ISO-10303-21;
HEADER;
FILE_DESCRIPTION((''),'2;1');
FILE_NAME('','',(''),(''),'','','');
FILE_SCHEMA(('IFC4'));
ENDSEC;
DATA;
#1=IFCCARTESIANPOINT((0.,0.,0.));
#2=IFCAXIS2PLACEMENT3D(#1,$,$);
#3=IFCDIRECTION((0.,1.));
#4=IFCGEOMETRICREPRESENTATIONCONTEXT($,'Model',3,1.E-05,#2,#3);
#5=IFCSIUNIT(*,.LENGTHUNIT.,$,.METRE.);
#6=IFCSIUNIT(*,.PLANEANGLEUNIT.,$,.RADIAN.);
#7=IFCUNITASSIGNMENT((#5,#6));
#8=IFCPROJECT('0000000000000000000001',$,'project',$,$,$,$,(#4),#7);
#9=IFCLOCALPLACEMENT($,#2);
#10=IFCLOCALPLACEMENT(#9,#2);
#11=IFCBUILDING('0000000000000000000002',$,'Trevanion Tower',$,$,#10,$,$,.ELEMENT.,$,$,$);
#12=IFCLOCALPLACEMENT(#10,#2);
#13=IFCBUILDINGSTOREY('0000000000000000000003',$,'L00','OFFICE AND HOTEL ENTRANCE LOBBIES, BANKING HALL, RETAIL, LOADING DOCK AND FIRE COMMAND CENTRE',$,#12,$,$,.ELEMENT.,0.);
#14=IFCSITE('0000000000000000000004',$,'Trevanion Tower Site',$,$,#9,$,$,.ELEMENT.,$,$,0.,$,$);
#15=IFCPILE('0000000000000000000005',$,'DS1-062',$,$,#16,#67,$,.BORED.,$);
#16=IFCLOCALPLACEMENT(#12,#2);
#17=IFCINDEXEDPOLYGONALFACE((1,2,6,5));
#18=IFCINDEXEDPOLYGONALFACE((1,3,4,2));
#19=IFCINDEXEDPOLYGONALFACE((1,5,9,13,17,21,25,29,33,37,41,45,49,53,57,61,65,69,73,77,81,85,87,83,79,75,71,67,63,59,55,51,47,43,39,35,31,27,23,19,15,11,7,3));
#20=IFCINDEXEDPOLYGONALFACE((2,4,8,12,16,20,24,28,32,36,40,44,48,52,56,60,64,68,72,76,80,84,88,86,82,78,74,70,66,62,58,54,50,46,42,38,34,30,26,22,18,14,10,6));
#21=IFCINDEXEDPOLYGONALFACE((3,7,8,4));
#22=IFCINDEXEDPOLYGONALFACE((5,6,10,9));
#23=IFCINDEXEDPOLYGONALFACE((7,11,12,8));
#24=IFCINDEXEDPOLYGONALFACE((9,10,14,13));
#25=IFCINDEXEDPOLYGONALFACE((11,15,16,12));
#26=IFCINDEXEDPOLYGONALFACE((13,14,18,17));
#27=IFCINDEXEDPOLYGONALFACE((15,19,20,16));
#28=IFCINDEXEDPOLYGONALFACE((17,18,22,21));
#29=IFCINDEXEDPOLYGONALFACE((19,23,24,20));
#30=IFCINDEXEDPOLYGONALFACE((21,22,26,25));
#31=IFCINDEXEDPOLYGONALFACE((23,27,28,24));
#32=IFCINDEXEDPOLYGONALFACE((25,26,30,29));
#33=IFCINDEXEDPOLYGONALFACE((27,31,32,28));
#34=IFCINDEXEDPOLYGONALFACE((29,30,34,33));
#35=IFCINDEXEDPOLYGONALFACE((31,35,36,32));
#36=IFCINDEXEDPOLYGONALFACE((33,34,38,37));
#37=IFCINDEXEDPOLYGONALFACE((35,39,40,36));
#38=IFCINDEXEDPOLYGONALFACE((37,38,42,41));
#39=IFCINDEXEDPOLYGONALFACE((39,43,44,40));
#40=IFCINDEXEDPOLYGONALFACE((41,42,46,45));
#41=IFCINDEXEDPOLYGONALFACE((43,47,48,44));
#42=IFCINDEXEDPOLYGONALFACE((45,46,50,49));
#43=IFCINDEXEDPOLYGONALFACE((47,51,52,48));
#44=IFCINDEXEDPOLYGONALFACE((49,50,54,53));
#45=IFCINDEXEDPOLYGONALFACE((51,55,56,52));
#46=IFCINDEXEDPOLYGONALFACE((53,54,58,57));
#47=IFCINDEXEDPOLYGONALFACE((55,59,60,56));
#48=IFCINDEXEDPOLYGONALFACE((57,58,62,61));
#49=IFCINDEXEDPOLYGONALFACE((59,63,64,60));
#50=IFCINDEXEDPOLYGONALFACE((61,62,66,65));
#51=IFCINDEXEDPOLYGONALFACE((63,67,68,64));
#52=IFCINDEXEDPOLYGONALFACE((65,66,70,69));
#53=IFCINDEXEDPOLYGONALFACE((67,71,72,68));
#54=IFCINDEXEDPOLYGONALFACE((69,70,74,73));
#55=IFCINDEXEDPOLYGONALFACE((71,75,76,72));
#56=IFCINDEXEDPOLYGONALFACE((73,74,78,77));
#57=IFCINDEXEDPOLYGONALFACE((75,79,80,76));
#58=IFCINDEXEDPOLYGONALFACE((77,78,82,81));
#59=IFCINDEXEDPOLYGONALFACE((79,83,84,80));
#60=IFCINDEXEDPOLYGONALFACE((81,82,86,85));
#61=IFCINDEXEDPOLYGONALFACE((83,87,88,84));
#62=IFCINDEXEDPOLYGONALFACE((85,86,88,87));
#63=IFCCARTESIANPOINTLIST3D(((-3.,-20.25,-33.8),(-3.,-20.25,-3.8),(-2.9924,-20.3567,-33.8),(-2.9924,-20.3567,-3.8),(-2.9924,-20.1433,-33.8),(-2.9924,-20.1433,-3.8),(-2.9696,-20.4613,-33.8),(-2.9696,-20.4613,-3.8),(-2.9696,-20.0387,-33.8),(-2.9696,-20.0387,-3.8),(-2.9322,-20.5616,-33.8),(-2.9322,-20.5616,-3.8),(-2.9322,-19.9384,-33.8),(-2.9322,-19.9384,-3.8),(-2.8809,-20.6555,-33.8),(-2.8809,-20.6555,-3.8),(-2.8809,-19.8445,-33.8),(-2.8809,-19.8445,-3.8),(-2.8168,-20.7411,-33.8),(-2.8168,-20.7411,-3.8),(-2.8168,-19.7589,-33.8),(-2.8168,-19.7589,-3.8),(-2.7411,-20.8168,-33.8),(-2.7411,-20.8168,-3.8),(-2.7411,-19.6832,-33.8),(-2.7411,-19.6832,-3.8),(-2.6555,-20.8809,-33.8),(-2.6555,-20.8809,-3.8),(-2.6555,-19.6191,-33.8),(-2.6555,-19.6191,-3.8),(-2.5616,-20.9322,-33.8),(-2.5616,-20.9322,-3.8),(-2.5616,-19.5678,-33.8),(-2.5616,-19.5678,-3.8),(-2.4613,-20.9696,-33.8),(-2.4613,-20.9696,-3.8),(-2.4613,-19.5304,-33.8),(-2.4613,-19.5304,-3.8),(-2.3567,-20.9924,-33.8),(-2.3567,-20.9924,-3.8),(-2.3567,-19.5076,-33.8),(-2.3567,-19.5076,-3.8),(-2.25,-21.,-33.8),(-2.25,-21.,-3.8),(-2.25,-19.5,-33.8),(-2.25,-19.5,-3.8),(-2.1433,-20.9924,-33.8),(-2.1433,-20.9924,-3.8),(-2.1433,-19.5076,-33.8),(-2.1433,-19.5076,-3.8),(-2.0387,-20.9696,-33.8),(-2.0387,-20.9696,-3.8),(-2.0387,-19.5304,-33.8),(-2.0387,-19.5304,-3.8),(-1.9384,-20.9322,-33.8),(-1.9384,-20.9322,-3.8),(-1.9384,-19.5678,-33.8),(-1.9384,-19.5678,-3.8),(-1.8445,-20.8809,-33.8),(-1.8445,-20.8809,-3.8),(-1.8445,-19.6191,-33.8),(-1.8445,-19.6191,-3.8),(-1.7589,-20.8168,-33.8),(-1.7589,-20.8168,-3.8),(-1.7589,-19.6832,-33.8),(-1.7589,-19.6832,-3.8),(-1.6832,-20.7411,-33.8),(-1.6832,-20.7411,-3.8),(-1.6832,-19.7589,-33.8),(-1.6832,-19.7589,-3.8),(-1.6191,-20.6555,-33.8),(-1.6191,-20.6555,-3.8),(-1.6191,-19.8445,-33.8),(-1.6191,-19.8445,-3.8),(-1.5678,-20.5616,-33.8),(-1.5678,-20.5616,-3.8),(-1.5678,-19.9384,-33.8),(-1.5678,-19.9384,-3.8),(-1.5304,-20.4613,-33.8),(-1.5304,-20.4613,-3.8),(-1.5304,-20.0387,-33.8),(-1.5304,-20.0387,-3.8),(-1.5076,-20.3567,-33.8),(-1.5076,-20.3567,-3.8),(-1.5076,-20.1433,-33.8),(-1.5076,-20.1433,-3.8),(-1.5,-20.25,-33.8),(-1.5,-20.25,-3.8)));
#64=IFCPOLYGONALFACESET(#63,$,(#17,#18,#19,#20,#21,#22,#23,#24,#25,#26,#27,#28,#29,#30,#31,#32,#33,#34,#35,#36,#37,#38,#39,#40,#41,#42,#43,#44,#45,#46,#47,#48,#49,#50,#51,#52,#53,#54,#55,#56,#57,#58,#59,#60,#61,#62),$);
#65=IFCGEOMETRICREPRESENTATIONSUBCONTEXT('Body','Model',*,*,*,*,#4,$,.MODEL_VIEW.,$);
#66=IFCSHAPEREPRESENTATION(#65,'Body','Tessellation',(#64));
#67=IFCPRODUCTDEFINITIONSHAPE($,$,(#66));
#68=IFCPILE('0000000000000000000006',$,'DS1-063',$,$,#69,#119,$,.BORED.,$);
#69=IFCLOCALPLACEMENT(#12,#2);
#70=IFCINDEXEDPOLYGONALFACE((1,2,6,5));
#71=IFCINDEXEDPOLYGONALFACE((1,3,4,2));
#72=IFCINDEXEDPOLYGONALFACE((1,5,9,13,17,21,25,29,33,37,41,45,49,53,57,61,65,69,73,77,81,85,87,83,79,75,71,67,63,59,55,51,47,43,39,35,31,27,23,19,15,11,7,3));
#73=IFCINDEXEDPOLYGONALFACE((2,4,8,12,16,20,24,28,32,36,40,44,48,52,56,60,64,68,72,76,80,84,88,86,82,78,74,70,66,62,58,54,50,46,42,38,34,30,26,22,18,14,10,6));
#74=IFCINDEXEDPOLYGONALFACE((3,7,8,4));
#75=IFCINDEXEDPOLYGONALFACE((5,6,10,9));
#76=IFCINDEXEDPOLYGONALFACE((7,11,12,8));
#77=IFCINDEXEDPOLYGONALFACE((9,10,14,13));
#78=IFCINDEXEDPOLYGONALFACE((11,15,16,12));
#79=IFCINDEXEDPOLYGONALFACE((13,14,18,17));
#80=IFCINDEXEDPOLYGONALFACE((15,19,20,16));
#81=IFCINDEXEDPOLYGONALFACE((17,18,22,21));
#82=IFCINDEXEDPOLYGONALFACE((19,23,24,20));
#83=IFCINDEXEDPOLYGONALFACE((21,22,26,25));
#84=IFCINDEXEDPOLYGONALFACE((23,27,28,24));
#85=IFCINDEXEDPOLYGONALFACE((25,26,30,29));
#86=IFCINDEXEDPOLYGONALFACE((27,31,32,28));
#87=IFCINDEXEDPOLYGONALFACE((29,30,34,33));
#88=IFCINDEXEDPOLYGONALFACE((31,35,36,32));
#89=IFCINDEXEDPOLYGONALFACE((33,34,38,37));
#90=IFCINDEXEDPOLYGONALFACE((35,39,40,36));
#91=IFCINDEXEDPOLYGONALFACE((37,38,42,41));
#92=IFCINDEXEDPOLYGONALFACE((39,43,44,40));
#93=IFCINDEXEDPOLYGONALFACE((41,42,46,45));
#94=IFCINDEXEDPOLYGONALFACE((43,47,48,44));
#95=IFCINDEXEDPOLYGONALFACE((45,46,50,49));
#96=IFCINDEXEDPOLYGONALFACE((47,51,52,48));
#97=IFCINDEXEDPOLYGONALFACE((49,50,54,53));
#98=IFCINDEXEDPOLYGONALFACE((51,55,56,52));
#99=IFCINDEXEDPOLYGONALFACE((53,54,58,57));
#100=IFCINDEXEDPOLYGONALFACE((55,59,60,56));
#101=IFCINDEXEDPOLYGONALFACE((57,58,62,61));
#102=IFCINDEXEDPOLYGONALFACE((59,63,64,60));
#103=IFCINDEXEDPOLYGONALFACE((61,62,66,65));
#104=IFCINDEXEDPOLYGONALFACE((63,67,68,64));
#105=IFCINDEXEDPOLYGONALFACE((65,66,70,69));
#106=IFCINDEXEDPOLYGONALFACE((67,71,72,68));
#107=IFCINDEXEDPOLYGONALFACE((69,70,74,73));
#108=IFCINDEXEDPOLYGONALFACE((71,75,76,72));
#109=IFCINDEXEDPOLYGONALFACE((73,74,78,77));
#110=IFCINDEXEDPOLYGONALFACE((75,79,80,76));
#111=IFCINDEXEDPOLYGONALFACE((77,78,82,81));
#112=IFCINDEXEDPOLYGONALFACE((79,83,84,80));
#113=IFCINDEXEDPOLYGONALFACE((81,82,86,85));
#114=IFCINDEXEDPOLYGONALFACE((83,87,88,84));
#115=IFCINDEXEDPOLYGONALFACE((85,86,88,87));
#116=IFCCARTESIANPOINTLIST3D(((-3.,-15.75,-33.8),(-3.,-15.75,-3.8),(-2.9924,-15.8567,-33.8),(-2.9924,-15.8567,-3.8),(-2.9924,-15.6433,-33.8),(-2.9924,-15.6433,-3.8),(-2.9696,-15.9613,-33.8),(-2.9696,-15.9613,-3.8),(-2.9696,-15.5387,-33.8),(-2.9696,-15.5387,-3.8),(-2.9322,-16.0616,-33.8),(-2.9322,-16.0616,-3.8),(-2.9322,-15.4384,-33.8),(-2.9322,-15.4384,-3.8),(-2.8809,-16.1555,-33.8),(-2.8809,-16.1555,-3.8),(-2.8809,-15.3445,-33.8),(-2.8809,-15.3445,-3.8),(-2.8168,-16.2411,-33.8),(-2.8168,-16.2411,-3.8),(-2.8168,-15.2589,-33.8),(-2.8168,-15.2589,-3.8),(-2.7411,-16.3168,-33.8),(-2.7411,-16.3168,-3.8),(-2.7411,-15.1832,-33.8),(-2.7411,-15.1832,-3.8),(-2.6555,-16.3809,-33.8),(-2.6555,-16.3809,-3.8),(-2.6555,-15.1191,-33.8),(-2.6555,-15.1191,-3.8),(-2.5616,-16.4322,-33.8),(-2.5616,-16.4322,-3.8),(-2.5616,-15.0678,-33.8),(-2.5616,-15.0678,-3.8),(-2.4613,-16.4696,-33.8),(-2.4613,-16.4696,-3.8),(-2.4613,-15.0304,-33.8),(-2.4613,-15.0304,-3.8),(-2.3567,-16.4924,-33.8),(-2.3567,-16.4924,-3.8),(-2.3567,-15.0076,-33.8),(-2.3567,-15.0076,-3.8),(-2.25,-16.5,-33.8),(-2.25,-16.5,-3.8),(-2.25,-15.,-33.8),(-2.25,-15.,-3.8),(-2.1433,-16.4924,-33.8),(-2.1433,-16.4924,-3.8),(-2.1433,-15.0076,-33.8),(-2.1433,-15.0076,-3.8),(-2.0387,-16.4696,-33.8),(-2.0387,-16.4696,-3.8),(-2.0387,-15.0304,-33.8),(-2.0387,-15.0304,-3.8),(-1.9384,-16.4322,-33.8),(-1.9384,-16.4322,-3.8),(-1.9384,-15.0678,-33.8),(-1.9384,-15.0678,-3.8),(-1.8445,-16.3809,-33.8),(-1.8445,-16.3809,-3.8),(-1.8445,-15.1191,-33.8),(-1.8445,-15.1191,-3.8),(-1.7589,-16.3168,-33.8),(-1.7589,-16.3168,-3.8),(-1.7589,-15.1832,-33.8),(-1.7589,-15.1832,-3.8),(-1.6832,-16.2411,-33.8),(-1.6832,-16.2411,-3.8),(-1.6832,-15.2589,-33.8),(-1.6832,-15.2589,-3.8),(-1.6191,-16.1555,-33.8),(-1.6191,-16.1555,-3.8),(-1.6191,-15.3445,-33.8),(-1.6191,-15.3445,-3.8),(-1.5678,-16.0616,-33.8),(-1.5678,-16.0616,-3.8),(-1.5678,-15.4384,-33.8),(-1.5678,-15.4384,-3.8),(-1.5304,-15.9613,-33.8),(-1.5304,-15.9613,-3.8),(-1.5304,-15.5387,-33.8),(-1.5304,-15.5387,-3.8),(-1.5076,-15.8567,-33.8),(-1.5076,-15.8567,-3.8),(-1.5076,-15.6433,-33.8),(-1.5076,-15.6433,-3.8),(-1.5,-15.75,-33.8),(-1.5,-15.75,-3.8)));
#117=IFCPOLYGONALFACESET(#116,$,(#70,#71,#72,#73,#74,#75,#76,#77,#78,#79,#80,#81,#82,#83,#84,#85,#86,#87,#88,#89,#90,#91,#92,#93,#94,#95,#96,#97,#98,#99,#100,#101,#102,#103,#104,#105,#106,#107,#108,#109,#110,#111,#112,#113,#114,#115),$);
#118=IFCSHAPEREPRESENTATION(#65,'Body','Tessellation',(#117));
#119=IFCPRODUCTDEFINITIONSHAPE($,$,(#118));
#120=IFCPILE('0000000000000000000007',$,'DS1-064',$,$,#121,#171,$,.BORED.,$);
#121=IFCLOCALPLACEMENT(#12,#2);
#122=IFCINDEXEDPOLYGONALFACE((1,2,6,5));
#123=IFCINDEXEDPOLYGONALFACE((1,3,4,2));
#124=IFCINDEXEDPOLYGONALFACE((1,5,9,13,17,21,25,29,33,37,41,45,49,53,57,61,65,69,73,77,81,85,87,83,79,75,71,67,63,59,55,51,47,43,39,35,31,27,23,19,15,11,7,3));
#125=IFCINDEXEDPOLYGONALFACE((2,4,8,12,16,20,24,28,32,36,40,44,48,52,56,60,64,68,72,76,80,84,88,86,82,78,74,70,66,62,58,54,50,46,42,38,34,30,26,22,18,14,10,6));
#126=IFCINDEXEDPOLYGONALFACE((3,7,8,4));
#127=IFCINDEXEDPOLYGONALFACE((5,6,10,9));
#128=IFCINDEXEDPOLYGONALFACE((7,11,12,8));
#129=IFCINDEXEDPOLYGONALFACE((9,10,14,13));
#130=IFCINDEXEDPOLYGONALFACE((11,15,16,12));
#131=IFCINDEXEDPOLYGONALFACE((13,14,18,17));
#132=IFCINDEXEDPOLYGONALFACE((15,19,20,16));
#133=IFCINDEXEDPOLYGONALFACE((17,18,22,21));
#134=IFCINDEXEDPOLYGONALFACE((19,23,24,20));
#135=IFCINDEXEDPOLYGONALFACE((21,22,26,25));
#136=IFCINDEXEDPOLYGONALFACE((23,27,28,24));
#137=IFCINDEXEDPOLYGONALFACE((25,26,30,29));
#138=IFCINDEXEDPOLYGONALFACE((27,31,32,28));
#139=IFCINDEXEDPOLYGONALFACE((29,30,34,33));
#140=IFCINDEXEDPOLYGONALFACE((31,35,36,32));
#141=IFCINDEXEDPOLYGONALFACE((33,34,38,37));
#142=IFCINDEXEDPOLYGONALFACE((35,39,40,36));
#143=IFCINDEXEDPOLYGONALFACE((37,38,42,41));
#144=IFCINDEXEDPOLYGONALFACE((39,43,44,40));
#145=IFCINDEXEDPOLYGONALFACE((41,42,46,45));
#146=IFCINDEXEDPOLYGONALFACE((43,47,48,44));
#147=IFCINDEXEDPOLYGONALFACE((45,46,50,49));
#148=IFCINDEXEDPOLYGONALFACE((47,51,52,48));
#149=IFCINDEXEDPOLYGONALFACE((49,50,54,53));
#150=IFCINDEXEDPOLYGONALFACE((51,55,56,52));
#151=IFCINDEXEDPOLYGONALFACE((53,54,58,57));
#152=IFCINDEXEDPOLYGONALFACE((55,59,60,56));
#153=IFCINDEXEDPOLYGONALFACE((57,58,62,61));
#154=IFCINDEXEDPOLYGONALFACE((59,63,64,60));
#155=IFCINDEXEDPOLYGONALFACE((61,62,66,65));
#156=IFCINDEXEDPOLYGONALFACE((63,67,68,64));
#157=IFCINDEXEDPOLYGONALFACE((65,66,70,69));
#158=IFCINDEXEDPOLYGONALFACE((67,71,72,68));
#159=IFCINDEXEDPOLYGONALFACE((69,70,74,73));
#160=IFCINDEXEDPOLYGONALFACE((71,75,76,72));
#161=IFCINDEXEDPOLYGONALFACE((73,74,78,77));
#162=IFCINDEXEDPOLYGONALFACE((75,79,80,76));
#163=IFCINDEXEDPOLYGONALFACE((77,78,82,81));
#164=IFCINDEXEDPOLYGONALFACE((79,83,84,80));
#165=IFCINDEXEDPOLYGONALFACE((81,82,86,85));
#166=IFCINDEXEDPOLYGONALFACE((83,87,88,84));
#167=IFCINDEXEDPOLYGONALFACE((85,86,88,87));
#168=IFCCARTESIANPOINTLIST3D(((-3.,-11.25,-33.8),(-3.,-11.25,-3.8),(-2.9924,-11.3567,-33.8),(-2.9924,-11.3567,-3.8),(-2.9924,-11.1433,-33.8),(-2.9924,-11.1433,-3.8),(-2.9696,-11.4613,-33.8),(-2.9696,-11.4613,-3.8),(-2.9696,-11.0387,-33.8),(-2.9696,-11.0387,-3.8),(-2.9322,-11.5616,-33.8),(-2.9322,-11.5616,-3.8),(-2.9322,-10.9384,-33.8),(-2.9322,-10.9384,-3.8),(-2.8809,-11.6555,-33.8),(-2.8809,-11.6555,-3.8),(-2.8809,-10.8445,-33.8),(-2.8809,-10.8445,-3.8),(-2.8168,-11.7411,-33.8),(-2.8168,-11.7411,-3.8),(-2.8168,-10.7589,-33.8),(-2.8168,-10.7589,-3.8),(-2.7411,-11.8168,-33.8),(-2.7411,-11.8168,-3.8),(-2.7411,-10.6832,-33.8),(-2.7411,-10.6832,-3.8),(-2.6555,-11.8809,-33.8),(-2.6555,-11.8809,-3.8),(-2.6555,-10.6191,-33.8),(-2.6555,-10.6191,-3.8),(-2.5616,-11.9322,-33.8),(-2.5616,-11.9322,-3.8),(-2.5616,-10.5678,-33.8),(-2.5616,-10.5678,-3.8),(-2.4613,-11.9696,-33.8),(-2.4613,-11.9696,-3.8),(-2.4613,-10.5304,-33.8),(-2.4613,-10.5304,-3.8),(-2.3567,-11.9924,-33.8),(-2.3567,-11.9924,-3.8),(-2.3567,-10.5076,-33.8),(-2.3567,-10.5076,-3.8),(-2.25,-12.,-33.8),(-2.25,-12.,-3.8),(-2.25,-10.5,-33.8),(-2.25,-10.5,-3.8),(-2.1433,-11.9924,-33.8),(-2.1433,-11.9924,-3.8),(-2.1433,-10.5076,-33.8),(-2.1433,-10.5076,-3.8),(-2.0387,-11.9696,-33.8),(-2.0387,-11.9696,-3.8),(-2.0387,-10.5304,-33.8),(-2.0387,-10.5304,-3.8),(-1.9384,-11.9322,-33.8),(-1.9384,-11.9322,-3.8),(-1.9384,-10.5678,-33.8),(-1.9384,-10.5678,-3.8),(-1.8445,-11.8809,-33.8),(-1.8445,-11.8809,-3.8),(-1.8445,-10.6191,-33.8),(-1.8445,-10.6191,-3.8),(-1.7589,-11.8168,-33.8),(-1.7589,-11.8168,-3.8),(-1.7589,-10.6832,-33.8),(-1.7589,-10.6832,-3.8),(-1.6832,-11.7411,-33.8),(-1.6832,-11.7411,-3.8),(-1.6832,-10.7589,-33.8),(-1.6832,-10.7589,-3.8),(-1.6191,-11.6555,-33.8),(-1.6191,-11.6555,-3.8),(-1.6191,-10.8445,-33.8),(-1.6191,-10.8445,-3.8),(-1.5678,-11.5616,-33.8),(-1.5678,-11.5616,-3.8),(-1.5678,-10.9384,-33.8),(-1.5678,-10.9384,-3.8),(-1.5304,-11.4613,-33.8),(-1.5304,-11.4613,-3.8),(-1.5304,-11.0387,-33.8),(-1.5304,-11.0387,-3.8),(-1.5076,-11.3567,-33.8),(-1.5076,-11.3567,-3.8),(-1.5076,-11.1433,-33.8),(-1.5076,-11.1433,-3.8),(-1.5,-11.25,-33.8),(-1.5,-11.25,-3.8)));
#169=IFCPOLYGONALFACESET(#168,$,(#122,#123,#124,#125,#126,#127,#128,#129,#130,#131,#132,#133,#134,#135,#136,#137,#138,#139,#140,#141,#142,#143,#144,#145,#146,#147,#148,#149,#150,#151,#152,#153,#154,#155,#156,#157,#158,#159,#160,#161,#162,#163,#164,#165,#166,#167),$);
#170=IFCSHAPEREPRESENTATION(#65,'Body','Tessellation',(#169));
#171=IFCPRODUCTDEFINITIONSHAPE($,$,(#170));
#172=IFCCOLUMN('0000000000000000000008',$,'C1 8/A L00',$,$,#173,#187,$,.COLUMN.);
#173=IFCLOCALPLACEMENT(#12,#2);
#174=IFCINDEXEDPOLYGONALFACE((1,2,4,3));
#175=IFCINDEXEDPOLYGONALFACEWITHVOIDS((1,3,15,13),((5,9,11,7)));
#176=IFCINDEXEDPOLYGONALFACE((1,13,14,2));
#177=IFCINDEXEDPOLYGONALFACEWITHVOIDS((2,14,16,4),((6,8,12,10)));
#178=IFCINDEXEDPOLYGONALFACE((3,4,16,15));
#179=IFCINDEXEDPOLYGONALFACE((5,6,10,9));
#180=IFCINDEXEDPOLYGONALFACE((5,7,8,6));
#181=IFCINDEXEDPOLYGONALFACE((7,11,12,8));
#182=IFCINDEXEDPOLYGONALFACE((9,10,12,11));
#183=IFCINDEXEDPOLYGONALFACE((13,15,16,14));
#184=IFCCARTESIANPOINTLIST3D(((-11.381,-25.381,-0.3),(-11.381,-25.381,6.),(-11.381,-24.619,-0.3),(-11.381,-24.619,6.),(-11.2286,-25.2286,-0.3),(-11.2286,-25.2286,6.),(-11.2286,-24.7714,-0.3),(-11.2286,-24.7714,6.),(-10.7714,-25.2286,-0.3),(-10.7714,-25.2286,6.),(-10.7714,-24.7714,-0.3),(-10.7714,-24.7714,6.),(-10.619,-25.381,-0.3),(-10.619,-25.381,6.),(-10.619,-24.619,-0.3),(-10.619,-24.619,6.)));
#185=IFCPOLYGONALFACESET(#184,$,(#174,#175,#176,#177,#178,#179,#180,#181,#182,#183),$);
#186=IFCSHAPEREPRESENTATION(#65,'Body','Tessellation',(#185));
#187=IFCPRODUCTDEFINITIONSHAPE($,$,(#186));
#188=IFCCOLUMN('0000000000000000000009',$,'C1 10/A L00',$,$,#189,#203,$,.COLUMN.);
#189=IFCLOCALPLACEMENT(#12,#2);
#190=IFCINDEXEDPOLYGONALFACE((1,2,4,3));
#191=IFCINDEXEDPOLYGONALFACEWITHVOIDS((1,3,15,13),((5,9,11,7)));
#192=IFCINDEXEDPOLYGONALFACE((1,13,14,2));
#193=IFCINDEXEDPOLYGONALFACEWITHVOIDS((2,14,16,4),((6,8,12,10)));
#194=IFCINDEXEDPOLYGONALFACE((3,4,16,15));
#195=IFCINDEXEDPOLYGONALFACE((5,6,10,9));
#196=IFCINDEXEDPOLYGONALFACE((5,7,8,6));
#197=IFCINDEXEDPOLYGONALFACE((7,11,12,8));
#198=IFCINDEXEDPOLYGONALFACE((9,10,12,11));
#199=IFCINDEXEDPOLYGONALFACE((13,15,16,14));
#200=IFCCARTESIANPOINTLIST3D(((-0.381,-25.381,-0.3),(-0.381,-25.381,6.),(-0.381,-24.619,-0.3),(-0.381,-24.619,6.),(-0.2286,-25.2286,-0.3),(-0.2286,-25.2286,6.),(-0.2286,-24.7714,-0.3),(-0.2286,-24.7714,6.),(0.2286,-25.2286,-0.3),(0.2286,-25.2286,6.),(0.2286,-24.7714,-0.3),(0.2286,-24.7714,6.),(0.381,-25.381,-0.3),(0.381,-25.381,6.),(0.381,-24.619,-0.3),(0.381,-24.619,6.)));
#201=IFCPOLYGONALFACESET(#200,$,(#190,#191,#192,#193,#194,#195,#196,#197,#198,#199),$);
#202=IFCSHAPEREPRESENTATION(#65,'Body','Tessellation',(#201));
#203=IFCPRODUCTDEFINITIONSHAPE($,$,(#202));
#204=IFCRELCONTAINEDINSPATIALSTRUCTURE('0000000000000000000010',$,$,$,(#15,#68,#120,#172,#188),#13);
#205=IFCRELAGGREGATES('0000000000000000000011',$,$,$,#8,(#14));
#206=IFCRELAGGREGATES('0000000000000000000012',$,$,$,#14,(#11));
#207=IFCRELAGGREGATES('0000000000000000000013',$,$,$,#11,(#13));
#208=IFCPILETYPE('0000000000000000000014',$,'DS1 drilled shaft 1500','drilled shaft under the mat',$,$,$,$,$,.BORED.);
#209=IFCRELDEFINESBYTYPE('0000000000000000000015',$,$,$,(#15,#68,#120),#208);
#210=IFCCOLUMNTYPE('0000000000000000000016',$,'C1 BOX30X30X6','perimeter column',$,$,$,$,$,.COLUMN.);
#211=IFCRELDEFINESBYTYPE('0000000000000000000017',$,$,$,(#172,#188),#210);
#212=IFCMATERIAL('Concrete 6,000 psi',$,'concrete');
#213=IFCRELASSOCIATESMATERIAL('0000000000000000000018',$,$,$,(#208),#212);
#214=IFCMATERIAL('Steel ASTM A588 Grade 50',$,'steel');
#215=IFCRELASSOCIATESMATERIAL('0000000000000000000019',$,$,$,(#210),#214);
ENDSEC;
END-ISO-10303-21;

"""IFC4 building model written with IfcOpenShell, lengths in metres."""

from ifc_helpers import new_model, si_unit, direction, frame, origin, origin_2d, place, context, subcontext, project, spatial, hollow_rectangle, circle, extrude, material, material_profile, profile_set, type_object, element, save


model = new_model("IFC4")

# Units and contexts
model_context = context("Model", 3, precision=1e-05, world=origin(), true_north=direction((0.0, 1.0)))
body_context = subcontext(model_context, "Body", "Model", "MODEL_VIEW")
ifc_project = project(units=[si_unit("LENGTHUNIT", "METRE"), si_unit("PLANEANGLEUNIT", "RADIAN")], contexts=[model_context])

# Site, building, storey
site_placement = place(None, origin())
site = spatial("IfcSite", under=ifc_project, at=site_placement, Name="Trevanion Tower Site", CompositionType="ELEMENT", RefElevation=0.0)
building_placement = place(site_placement, origin())
building = spatial("IfcBuilding", under=site, at=building_placement, Name="Trevanion Tower", CompositionType="ELEMENT")
storey_placement = place(building_placement, origin())
storey = spatial("IfcBuildingStorey", under=building, at=storey_placement, Name="L00", Description="OFFICE AND HOTEL ENTRANCE LOBBIES, BANKING HALL, RETAIL, LOADING DOCK AND FIRE COMMAND CENTRE", CompositionType="ELEMENT", Elevation=0.0)

# Piles
ifc_material_1 = material(Name="Concrete 6,000 psi", Category="concrete")
ifc_material_profile_1 = material_profile(ifc_material_1, circle(Radius=0.75, at=origin_2d()), Name="DS1 drilled shaft 1500")
ifc_profile_set_1 = profile_set([ifc_material_profile_1], Name="Concrete 6,000 psi")
pile_type = type_object("IfcPileType", Name="DS1 drilled shaft 1500", Description="drilled shaft under the mat", PredefinedType="BORED", material=ifc_profile_set_1)
for number, where, z_axis, x_axis, name in (
    (1, (-2.25, -20.25, -3.8), (0.0, 0.0, -1.0), (1.0, 0.0, 0.0), "DS1-062"),
    (2, (-2.25, -15.75, -3.8), (0.0, 0.0, -1.0), (1.0, 0.0, 0.0), "DS1-063"),
    (3, (-2.25, -11.25, -3.8), (0.0, 0.0, -1.0), (1.0, 0.0, 0.0), "DS1-064"),
):
    element("IfcPile", number, at=place(storey_placement, frame(where, z_axis=z_axis, x_axis=x_axis)), inside=storey, type_object=pile_type, Name=name, PredefinedType="BORED", context=body_context, shape_type="SweptSolid", body=[
        extrude(circle(Radius=0.75, at=origin_2d()), origin(), (0.0, 0.0, 1.0), 30.0),
    ])

# Columns
ifc_material_2 = material(Name="Steel ASTM A588 Grade 50", Category="steel")
ifc_material_profile_2 = material_profile(ifc_material_2, hollow_rectangle(XDim=0.762, YDim=0.762, WallThickness=0.1523, at=origin_2d()), Name="BOX30X30X6")
ifc_profile_set_2 = profile_set([ifc_material_profile_2], Name="Steel ASTM A588 Grade 50")
column_type_1 = type_object("IfcColumnType", Name="C1 BOX30X30X6", Description="perimeter column", PredefinedType="COLUMN", material=ifc_profile_set_2)
for number, where, z_axis, x_axis, name in (
    (4, (-11.0, -25.0, -0.3), (0.0, 0.0, 1.0), (1.0, 0.0, 0.0), "C1 8/A L00"),
    (5, (0.0, -25.0, -0.3), (0.0, 0.0, 1.0), (1.0, 0.0, 0.0), "C1 10/A L00"),
):
    element("IfcColumn", number, at=place(storey_placement, frame(where, z_axis=z_axis, x_axis=x_axis)), inside=storey, type_object=column_type_1, Name=name, PredefinedType="COLUMN", context=body_context, shape_type="SweptSolid", body=[
        extrude(hollow_rectangle(XDim=0.762, YDim=0.762, WallThickness=0.1523, at=origin_2d()), origin(), (0.0, 0.0, 1.0), 6.3),
    ])

save(model, "model.ifc")
